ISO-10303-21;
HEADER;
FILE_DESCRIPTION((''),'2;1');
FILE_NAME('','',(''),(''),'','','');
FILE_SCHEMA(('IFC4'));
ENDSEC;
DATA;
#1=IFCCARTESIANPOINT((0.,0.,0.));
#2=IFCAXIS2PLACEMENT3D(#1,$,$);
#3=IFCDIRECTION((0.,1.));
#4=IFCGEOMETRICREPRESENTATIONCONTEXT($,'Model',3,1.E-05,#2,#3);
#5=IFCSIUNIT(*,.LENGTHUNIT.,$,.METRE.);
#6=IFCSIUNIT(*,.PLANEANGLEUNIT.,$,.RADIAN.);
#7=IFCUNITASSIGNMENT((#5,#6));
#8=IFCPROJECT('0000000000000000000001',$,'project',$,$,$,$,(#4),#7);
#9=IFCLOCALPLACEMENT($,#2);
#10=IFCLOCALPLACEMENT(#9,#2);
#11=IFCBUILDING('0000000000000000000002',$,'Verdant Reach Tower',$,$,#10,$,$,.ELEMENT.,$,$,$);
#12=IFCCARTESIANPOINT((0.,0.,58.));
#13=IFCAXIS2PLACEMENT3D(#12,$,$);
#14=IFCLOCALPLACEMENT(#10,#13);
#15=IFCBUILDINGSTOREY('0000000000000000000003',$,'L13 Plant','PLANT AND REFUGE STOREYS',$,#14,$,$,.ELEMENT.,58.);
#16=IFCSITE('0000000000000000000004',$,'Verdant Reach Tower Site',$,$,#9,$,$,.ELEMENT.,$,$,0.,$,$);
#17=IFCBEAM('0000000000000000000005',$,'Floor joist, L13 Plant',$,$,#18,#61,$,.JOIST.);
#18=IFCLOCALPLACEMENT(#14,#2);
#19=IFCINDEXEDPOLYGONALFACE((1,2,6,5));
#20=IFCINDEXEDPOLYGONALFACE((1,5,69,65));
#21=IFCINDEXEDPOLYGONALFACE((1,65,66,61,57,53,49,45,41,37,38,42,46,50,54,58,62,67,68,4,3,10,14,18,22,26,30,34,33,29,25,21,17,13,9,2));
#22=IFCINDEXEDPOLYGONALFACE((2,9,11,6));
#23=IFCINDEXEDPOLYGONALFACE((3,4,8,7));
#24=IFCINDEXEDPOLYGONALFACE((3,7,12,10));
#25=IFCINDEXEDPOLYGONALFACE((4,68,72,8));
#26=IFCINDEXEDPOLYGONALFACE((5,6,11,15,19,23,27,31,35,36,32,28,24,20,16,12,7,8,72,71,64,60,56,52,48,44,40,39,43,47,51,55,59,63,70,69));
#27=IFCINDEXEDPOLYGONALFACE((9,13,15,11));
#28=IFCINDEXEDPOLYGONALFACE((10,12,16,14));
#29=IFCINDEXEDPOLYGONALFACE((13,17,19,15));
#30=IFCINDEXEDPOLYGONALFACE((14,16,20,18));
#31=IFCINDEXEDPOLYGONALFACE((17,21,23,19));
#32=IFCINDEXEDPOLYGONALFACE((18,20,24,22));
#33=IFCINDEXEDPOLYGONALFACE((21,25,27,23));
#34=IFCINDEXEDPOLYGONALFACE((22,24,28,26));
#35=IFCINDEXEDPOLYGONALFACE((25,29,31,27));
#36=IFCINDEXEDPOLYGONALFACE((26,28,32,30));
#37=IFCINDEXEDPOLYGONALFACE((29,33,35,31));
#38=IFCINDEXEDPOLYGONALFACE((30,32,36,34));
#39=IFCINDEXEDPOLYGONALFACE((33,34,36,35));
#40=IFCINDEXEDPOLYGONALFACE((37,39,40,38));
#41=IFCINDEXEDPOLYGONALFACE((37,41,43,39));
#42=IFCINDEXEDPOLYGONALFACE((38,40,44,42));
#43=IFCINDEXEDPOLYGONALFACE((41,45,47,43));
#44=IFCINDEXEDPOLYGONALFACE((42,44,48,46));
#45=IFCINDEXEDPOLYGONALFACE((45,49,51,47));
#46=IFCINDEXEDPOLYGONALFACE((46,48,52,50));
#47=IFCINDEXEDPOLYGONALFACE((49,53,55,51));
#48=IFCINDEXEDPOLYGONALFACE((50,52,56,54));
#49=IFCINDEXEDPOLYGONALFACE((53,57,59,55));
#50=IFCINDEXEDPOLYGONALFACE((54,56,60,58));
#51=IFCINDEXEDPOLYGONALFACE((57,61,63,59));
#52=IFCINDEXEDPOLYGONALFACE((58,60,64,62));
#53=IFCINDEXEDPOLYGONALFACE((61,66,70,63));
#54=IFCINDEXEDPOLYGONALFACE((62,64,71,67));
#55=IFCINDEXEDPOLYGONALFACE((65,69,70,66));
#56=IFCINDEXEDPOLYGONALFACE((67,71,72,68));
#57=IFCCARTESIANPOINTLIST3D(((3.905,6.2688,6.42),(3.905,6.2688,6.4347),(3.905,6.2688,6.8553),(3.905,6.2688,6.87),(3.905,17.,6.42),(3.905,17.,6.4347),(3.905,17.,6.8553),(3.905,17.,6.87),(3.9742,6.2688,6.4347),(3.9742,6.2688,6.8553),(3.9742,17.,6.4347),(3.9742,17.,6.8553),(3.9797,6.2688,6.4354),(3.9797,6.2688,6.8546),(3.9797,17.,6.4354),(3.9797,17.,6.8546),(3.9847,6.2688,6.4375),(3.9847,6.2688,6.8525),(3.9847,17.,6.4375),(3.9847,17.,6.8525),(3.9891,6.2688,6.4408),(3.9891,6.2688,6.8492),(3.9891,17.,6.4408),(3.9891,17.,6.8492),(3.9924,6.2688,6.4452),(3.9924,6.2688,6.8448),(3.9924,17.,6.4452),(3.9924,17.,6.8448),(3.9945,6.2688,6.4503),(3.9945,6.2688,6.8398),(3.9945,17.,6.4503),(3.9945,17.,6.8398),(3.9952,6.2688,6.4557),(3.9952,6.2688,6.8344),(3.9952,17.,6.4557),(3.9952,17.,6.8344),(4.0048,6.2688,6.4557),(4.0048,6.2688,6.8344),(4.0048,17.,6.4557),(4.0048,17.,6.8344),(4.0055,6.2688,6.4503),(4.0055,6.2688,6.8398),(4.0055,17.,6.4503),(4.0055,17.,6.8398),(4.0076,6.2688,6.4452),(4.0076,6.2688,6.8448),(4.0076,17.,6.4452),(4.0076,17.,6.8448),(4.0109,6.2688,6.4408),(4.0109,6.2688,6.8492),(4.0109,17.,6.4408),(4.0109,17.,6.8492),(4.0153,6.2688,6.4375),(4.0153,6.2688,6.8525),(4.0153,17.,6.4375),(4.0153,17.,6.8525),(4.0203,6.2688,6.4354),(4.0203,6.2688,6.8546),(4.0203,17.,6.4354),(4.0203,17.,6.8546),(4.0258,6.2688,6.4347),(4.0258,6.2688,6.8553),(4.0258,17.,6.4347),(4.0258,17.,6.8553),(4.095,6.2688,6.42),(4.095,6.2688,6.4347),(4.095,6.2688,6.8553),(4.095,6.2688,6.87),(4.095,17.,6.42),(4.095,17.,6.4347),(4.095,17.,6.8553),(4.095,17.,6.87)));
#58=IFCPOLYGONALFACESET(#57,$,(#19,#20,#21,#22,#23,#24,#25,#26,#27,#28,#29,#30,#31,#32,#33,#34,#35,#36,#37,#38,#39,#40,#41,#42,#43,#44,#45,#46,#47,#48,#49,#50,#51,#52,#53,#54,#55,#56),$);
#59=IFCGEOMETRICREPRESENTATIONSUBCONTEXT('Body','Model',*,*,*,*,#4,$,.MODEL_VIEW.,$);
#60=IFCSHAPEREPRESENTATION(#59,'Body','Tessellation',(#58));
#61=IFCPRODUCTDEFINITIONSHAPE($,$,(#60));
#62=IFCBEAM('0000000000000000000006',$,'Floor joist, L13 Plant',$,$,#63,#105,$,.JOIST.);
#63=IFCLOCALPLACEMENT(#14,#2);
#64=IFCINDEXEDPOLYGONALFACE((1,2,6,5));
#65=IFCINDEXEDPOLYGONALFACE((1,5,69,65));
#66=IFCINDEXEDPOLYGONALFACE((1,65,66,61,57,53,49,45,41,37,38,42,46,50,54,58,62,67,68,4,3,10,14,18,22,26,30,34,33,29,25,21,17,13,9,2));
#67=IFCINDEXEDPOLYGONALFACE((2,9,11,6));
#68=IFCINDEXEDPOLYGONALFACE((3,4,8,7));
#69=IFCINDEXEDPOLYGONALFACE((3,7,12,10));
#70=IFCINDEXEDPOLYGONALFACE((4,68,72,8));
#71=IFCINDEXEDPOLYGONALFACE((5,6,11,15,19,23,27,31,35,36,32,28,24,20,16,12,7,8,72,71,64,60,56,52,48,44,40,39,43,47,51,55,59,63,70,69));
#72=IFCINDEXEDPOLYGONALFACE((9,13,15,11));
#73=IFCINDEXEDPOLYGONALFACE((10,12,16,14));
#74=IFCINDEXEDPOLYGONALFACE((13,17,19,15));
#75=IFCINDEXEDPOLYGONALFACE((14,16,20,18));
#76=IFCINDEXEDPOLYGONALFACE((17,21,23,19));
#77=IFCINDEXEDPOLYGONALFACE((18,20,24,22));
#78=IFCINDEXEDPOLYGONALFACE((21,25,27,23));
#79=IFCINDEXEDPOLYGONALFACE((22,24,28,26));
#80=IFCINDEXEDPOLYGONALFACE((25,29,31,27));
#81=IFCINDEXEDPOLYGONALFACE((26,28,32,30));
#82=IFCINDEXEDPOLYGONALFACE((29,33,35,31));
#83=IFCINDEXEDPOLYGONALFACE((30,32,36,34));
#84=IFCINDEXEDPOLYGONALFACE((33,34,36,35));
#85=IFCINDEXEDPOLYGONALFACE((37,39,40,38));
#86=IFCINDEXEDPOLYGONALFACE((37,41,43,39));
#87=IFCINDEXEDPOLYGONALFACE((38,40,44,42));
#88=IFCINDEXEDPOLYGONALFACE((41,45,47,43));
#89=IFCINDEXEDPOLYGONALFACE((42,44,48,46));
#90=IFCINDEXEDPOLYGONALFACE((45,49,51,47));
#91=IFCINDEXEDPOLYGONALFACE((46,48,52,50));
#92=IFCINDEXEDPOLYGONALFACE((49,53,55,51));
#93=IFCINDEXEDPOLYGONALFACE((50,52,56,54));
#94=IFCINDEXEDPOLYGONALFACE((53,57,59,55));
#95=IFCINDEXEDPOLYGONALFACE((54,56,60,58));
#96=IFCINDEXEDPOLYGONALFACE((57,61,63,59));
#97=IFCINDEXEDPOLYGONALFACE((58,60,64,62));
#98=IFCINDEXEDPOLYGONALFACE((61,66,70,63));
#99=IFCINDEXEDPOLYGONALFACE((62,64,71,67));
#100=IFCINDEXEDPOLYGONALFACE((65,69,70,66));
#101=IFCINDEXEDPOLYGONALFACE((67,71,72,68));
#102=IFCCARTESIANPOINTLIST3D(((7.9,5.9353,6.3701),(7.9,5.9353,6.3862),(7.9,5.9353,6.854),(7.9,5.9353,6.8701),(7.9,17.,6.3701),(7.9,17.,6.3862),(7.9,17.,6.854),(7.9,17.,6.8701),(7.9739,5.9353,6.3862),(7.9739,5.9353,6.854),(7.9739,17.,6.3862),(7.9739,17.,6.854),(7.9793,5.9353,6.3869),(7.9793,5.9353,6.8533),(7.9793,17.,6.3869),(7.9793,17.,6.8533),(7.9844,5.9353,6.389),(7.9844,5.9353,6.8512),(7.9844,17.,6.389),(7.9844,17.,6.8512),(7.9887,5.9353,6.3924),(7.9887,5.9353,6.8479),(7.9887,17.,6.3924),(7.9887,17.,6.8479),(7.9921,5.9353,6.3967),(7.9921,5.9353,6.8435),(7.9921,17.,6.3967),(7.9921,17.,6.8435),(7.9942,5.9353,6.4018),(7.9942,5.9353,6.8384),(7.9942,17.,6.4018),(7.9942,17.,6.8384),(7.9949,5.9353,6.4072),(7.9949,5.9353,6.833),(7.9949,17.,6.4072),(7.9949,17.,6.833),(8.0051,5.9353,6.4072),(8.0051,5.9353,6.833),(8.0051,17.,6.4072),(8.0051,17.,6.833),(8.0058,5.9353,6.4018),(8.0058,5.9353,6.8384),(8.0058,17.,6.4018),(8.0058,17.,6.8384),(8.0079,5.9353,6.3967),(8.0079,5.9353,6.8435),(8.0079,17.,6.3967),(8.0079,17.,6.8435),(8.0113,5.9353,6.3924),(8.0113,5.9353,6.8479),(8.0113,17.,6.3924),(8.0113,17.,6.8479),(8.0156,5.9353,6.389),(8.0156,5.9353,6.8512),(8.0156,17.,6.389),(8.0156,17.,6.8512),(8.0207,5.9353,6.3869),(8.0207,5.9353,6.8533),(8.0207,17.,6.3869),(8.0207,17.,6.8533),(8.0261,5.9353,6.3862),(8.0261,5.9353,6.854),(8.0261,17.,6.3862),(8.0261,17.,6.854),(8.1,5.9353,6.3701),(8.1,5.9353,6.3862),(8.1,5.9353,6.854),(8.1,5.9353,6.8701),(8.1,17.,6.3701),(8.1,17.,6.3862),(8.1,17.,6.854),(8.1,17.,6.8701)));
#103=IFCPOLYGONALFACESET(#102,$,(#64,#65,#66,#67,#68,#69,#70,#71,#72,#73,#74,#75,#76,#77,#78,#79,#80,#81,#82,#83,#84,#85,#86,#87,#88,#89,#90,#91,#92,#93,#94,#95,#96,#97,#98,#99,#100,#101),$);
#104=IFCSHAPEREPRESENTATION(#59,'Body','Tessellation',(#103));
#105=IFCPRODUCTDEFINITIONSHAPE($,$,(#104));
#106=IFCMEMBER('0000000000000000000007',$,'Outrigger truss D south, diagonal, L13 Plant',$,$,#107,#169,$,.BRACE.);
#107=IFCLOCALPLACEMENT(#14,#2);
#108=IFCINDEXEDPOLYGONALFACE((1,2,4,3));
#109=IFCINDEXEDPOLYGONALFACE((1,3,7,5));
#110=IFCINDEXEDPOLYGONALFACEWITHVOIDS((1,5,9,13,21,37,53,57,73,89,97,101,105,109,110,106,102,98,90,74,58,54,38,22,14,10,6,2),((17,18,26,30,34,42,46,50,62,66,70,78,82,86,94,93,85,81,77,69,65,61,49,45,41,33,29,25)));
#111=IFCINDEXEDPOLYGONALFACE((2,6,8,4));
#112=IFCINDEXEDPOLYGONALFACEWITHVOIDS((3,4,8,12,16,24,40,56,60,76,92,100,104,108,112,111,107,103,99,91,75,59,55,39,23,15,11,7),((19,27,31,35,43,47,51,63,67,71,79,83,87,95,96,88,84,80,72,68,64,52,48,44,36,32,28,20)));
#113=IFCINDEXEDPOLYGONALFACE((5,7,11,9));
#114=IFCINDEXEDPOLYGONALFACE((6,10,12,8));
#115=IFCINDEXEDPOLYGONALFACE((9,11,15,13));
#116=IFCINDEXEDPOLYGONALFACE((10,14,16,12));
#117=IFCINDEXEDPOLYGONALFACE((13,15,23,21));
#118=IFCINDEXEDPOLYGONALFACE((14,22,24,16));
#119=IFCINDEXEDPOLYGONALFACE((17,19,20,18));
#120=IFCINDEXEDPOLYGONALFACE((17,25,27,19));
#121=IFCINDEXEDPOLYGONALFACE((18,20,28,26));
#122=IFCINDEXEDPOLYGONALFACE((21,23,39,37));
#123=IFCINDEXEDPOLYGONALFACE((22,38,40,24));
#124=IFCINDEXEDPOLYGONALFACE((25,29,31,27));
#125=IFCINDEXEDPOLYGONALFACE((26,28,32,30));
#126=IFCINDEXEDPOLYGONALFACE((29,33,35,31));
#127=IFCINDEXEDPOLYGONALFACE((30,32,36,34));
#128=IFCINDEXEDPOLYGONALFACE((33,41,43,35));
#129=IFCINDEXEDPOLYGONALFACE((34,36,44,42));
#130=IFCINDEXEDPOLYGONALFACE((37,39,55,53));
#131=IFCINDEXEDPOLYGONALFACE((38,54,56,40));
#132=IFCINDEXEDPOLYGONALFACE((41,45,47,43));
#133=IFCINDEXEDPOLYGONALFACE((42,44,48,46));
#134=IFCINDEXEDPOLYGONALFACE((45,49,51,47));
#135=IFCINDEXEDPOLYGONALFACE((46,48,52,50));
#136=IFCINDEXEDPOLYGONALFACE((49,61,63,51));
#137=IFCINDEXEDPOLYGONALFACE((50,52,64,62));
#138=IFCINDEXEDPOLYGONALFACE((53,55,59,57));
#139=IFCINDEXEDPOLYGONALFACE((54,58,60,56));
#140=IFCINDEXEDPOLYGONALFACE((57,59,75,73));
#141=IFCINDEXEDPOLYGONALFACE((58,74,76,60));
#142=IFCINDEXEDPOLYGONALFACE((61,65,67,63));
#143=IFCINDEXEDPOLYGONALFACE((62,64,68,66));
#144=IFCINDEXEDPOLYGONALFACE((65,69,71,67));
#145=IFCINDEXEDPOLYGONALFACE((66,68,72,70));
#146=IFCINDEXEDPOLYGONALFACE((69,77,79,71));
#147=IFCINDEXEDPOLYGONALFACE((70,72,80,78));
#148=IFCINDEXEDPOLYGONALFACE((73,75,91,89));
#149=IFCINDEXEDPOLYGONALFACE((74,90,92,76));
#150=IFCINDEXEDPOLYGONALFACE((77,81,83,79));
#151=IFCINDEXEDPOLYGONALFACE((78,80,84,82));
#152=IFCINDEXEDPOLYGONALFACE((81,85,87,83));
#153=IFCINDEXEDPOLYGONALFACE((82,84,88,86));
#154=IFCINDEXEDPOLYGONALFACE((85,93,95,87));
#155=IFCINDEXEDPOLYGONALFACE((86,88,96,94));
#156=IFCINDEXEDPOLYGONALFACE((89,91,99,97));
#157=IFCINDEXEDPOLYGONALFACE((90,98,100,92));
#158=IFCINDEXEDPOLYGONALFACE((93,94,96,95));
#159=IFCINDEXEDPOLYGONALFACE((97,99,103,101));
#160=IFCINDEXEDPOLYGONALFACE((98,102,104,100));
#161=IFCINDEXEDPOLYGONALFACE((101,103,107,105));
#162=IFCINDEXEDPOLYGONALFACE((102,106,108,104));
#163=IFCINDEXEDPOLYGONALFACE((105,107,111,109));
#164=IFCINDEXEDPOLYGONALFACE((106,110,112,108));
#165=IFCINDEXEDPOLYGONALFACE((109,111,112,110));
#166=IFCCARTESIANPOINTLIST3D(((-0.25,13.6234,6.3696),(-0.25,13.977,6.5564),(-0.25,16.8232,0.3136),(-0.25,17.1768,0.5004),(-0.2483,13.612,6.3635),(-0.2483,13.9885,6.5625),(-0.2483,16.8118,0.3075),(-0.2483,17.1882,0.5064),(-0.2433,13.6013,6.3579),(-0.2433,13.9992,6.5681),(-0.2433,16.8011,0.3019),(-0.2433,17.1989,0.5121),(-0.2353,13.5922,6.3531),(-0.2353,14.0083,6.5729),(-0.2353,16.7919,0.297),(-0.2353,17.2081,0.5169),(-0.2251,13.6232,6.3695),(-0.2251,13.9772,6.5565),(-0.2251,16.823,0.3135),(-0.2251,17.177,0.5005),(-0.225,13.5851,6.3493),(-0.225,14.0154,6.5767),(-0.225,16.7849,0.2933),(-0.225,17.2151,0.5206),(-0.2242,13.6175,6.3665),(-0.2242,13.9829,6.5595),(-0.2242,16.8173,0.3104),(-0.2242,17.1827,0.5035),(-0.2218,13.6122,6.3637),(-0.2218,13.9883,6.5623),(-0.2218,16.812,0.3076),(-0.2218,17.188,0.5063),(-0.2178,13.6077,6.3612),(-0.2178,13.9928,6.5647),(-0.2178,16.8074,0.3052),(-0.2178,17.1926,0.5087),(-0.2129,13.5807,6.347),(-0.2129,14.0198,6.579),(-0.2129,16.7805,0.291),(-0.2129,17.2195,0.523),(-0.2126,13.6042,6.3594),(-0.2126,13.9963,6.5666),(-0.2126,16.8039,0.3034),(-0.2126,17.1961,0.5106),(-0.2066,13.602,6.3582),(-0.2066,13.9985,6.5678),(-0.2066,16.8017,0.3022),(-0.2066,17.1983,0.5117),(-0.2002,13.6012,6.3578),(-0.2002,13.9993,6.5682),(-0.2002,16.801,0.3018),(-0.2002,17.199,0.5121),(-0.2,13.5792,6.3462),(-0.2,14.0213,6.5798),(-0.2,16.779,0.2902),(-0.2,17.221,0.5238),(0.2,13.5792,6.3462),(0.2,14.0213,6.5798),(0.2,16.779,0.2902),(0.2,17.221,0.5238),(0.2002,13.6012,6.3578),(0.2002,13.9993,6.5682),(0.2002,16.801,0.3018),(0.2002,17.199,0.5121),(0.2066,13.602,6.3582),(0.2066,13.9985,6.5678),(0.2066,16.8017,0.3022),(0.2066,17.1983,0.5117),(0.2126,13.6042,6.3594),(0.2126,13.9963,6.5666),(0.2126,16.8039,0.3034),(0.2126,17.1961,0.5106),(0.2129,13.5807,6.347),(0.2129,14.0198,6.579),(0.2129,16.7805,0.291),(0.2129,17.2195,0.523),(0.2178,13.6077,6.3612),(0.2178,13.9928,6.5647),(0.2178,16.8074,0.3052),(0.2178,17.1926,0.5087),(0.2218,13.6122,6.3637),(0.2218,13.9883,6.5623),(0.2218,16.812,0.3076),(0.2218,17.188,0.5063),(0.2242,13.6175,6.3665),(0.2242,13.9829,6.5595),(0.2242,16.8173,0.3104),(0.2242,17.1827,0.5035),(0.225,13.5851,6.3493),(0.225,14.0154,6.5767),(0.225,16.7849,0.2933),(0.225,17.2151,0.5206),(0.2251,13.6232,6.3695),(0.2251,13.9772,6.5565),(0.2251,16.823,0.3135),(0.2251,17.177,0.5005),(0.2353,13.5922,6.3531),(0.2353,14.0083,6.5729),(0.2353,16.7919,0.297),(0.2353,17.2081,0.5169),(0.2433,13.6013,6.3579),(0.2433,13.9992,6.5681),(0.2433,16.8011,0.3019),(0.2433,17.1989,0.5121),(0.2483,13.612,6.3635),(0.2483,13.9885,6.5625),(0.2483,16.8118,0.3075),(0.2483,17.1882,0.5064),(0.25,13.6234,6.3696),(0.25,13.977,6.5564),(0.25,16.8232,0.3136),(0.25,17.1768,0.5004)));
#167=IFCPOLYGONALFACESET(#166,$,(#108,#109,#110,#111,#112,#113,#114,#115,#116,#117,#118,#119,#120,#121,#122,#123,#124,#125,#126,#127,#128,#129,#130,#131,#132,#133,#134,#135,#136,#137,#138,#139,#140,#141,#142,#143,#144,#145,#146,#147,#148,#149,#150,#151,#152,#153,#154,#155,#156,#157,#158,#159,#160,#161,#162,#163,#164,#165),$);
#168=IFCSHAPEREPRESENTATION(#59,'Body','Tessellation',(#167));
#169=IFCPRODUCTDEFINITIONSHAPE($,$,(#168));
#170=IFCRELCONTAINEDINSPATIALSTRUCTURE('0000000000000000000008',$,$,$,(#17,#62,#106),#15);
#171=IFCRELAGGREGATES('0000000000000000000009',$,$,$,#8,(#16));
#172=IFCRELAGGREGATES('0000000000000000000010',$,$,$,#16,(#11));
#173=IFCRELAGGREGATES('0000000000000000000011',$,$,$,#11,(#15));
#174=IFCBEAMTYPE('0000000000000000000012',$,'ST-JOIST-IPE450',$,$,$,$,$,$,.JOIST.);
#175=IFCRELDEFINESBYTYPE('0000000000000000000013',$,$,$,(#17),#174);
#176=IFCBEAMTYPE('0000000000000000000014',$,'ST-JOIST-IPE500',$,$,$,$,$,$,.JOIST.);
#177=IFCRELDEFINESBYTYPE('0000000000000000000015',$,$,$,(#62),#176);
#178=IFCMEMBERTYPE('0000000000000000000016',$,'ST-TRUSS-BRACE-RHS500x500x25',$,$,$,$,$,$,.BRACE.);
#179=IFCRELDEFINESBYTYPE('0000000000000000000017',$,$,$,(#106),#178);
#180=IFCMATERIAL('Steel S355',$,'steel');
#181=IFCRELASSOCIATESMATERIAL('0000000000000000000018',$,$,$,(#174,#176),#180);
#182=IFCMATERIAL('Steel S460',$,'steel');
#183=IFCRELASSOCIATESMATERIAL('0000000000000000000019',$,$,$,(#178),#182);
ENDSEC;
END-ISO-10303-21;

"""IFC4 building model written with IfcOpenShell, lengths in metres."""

from ifc_helpers import new_model, si_unit, direction, frame, origin, origin_2d, place, context, subcontext, project, spatial, hollow_rectangle, i_section, extrude, material, material_profile, profile_set, type_object, element, save


model = new_model("IFC4")

# Units and contexts
model_context = context("Model", 3, precision=1e-05, world=origin(), true_north=direction((0.0, 1.0)))
body_context = subcontext(model_context, "Body", "Model", "MODEL_VIEW")
ifc_project = project(units=[si_unit("LENGTHUNIT", "METRE"), si_unit("PLANEANGLEUNIT", "RADIAN")], contexts=[model_context])

# Site, building, storey
site_placement = place(None, origin())
site = spatial("IfcSite", under=ifc_project, at=site_placement, Name="Verdant Reach Tower Site", CompositionType="ELEMENT", RefElevation=0.0)
building_placement = place(site_placement, origin())
building = spatial("IfcBuilding", under=site, at=building_placement, Name="Verdant Reach Tower", CompositionType="ELEMENT")
storey_placement = place(building_placement, frame((0.0, 0.0, 58.0)))
storey = spatial("IfcBuildingStorey", under=building, at=storey_placement, Name="L13 Plant", Description="PLANT AND REFUGE STOREYS", CompositionType="ELEMENT", Elevation=58.0)

# Beams
ifc_material_1 = material(Name="Steel S355", Category="steel")
ifc_material_profile_1 = material_profile(ifc_material_1, i_section(OverallWidth=0.1899, OverallDepth=0.45, WebThickness=0.0095, FlangeThickness=0.0146, FilletRadius=0.021, at=origin_2d()), Name="IPE 450")
ifc_profile_set_1 = profile_set([ifc_material_profile_1], Name="Steel S355")
beam_type_1 = type_object("IfcBeamType", Name="ST-JOIST-IPE450", PredefinedType="JOIST", material=ifc_profile_set_1)
beam_1_placement = place(storey_placement, frame((4.0, 17.0, 6.645), z_axis=(0.0, -1.0, 0.0), x_axis=(1.0, 0.0, 0.0)))
element("IfcBeam", 1, at=beam_1_placement, inside=storey, type_object=beam_type_1, Name="Floor joist, L13 Plant", PredefinedType="JOIST", context=body_context, shape_type="SweptSolid", body=[
    extrude(i_section(OverallWidth=0.1899, OverallDepth=0.45, WebThickness=0.0095, FlangeThickness=0.0146, FilletRadius=0.021, at=origin_2d()), origin(), (0.0, 0.0, 1.0), 10.7312),
])
ifc_material_profile_2 = material_profile(ifc_material_1, i_section(OverallWidth=0.2, OverallDepth=0.5, WebThickness=0.0103, FlangeThickness=0.0161, FilletRadius=0.021, at=origin_2d()), Name="IPE 500")
ifc_profile_set_2 = profile_set([ifc_material_profile_2], Name="Steel S355")
beam_type_2 = type_object("IfcBeamType", Name="ST-JOIST-IPE500", PredefinedType="JOIST", material=ifc_profile_set_2)
beam_2_placement = place(storey_placement, frame((8.0, 17.0, 6.6201), z_axis=(0.0, -1.0, 0.0), x_axis=(1.0, 0.0, 0.0)))
element("IfcBeam", 2, at=beam_2_placement, inside=storey, type_object=beam_type_2, Name="Floor joist, L13 Plant", PredefinedType="JOIST", context=body_context, shape_type="SweptSolid", body=[
    extrude(i_section(OverallWidth=0.2, OverallDepth=0.5, WebThickness=0.0103, FlangeThickness=0.0161, FilletRadius=0.021, at=origin_2d()), origin(), (0.0, 0.0, 1.0), 11.0647),
])

# Member
ifc_material_2 = material(Name="Steel S460", Category="steel")
ifc_material_profile_3 = material_profile(ifc_material_2, hollow_rectangle(XDim=0.5, YDim=0.5, WallThickness=0.0249, InnerFilletRadius=0.0249, OuterFilletRadius=0.05, at=origin_2d()), Name="RHS 500x500x25")
ifc_profile_set_3 = profile_set([ifc_material_profile_3], Name="Steel S460")
member_type_1 = type_object("IfcMemberType", Name="ST-TRUSS-BRACE-RHS500x500x25", PredefinedType="BRACE", material=ifc_profile_set_3)
member_1_placement = place(storey_placement, frame((0.0, 17.0, 0.407), z_axis=(0.0, -0.467162, 0.884172), x_axis=(1.0, 0.0, 0.0)))
element("IfcMember", 3, at=member_1_placement, inside=storey, type_object=member_type_1, Name="Outrigger truss D south, diagonal, L13 Plant", PredefinedType="BRACE", context=body_context, shape_type="SweptSolid", body=[
    extrude(hollow_rectangle(XDim=0.5, YDim=0.5, WallThickness=0.0249, InnerFilletRadius=0.0249, OuterFilletRadius=0.05, at=origin_2d()), origin(), (0.0, 0.0, 1.0), 6.8494),
])

save(model, "model.ifc")
